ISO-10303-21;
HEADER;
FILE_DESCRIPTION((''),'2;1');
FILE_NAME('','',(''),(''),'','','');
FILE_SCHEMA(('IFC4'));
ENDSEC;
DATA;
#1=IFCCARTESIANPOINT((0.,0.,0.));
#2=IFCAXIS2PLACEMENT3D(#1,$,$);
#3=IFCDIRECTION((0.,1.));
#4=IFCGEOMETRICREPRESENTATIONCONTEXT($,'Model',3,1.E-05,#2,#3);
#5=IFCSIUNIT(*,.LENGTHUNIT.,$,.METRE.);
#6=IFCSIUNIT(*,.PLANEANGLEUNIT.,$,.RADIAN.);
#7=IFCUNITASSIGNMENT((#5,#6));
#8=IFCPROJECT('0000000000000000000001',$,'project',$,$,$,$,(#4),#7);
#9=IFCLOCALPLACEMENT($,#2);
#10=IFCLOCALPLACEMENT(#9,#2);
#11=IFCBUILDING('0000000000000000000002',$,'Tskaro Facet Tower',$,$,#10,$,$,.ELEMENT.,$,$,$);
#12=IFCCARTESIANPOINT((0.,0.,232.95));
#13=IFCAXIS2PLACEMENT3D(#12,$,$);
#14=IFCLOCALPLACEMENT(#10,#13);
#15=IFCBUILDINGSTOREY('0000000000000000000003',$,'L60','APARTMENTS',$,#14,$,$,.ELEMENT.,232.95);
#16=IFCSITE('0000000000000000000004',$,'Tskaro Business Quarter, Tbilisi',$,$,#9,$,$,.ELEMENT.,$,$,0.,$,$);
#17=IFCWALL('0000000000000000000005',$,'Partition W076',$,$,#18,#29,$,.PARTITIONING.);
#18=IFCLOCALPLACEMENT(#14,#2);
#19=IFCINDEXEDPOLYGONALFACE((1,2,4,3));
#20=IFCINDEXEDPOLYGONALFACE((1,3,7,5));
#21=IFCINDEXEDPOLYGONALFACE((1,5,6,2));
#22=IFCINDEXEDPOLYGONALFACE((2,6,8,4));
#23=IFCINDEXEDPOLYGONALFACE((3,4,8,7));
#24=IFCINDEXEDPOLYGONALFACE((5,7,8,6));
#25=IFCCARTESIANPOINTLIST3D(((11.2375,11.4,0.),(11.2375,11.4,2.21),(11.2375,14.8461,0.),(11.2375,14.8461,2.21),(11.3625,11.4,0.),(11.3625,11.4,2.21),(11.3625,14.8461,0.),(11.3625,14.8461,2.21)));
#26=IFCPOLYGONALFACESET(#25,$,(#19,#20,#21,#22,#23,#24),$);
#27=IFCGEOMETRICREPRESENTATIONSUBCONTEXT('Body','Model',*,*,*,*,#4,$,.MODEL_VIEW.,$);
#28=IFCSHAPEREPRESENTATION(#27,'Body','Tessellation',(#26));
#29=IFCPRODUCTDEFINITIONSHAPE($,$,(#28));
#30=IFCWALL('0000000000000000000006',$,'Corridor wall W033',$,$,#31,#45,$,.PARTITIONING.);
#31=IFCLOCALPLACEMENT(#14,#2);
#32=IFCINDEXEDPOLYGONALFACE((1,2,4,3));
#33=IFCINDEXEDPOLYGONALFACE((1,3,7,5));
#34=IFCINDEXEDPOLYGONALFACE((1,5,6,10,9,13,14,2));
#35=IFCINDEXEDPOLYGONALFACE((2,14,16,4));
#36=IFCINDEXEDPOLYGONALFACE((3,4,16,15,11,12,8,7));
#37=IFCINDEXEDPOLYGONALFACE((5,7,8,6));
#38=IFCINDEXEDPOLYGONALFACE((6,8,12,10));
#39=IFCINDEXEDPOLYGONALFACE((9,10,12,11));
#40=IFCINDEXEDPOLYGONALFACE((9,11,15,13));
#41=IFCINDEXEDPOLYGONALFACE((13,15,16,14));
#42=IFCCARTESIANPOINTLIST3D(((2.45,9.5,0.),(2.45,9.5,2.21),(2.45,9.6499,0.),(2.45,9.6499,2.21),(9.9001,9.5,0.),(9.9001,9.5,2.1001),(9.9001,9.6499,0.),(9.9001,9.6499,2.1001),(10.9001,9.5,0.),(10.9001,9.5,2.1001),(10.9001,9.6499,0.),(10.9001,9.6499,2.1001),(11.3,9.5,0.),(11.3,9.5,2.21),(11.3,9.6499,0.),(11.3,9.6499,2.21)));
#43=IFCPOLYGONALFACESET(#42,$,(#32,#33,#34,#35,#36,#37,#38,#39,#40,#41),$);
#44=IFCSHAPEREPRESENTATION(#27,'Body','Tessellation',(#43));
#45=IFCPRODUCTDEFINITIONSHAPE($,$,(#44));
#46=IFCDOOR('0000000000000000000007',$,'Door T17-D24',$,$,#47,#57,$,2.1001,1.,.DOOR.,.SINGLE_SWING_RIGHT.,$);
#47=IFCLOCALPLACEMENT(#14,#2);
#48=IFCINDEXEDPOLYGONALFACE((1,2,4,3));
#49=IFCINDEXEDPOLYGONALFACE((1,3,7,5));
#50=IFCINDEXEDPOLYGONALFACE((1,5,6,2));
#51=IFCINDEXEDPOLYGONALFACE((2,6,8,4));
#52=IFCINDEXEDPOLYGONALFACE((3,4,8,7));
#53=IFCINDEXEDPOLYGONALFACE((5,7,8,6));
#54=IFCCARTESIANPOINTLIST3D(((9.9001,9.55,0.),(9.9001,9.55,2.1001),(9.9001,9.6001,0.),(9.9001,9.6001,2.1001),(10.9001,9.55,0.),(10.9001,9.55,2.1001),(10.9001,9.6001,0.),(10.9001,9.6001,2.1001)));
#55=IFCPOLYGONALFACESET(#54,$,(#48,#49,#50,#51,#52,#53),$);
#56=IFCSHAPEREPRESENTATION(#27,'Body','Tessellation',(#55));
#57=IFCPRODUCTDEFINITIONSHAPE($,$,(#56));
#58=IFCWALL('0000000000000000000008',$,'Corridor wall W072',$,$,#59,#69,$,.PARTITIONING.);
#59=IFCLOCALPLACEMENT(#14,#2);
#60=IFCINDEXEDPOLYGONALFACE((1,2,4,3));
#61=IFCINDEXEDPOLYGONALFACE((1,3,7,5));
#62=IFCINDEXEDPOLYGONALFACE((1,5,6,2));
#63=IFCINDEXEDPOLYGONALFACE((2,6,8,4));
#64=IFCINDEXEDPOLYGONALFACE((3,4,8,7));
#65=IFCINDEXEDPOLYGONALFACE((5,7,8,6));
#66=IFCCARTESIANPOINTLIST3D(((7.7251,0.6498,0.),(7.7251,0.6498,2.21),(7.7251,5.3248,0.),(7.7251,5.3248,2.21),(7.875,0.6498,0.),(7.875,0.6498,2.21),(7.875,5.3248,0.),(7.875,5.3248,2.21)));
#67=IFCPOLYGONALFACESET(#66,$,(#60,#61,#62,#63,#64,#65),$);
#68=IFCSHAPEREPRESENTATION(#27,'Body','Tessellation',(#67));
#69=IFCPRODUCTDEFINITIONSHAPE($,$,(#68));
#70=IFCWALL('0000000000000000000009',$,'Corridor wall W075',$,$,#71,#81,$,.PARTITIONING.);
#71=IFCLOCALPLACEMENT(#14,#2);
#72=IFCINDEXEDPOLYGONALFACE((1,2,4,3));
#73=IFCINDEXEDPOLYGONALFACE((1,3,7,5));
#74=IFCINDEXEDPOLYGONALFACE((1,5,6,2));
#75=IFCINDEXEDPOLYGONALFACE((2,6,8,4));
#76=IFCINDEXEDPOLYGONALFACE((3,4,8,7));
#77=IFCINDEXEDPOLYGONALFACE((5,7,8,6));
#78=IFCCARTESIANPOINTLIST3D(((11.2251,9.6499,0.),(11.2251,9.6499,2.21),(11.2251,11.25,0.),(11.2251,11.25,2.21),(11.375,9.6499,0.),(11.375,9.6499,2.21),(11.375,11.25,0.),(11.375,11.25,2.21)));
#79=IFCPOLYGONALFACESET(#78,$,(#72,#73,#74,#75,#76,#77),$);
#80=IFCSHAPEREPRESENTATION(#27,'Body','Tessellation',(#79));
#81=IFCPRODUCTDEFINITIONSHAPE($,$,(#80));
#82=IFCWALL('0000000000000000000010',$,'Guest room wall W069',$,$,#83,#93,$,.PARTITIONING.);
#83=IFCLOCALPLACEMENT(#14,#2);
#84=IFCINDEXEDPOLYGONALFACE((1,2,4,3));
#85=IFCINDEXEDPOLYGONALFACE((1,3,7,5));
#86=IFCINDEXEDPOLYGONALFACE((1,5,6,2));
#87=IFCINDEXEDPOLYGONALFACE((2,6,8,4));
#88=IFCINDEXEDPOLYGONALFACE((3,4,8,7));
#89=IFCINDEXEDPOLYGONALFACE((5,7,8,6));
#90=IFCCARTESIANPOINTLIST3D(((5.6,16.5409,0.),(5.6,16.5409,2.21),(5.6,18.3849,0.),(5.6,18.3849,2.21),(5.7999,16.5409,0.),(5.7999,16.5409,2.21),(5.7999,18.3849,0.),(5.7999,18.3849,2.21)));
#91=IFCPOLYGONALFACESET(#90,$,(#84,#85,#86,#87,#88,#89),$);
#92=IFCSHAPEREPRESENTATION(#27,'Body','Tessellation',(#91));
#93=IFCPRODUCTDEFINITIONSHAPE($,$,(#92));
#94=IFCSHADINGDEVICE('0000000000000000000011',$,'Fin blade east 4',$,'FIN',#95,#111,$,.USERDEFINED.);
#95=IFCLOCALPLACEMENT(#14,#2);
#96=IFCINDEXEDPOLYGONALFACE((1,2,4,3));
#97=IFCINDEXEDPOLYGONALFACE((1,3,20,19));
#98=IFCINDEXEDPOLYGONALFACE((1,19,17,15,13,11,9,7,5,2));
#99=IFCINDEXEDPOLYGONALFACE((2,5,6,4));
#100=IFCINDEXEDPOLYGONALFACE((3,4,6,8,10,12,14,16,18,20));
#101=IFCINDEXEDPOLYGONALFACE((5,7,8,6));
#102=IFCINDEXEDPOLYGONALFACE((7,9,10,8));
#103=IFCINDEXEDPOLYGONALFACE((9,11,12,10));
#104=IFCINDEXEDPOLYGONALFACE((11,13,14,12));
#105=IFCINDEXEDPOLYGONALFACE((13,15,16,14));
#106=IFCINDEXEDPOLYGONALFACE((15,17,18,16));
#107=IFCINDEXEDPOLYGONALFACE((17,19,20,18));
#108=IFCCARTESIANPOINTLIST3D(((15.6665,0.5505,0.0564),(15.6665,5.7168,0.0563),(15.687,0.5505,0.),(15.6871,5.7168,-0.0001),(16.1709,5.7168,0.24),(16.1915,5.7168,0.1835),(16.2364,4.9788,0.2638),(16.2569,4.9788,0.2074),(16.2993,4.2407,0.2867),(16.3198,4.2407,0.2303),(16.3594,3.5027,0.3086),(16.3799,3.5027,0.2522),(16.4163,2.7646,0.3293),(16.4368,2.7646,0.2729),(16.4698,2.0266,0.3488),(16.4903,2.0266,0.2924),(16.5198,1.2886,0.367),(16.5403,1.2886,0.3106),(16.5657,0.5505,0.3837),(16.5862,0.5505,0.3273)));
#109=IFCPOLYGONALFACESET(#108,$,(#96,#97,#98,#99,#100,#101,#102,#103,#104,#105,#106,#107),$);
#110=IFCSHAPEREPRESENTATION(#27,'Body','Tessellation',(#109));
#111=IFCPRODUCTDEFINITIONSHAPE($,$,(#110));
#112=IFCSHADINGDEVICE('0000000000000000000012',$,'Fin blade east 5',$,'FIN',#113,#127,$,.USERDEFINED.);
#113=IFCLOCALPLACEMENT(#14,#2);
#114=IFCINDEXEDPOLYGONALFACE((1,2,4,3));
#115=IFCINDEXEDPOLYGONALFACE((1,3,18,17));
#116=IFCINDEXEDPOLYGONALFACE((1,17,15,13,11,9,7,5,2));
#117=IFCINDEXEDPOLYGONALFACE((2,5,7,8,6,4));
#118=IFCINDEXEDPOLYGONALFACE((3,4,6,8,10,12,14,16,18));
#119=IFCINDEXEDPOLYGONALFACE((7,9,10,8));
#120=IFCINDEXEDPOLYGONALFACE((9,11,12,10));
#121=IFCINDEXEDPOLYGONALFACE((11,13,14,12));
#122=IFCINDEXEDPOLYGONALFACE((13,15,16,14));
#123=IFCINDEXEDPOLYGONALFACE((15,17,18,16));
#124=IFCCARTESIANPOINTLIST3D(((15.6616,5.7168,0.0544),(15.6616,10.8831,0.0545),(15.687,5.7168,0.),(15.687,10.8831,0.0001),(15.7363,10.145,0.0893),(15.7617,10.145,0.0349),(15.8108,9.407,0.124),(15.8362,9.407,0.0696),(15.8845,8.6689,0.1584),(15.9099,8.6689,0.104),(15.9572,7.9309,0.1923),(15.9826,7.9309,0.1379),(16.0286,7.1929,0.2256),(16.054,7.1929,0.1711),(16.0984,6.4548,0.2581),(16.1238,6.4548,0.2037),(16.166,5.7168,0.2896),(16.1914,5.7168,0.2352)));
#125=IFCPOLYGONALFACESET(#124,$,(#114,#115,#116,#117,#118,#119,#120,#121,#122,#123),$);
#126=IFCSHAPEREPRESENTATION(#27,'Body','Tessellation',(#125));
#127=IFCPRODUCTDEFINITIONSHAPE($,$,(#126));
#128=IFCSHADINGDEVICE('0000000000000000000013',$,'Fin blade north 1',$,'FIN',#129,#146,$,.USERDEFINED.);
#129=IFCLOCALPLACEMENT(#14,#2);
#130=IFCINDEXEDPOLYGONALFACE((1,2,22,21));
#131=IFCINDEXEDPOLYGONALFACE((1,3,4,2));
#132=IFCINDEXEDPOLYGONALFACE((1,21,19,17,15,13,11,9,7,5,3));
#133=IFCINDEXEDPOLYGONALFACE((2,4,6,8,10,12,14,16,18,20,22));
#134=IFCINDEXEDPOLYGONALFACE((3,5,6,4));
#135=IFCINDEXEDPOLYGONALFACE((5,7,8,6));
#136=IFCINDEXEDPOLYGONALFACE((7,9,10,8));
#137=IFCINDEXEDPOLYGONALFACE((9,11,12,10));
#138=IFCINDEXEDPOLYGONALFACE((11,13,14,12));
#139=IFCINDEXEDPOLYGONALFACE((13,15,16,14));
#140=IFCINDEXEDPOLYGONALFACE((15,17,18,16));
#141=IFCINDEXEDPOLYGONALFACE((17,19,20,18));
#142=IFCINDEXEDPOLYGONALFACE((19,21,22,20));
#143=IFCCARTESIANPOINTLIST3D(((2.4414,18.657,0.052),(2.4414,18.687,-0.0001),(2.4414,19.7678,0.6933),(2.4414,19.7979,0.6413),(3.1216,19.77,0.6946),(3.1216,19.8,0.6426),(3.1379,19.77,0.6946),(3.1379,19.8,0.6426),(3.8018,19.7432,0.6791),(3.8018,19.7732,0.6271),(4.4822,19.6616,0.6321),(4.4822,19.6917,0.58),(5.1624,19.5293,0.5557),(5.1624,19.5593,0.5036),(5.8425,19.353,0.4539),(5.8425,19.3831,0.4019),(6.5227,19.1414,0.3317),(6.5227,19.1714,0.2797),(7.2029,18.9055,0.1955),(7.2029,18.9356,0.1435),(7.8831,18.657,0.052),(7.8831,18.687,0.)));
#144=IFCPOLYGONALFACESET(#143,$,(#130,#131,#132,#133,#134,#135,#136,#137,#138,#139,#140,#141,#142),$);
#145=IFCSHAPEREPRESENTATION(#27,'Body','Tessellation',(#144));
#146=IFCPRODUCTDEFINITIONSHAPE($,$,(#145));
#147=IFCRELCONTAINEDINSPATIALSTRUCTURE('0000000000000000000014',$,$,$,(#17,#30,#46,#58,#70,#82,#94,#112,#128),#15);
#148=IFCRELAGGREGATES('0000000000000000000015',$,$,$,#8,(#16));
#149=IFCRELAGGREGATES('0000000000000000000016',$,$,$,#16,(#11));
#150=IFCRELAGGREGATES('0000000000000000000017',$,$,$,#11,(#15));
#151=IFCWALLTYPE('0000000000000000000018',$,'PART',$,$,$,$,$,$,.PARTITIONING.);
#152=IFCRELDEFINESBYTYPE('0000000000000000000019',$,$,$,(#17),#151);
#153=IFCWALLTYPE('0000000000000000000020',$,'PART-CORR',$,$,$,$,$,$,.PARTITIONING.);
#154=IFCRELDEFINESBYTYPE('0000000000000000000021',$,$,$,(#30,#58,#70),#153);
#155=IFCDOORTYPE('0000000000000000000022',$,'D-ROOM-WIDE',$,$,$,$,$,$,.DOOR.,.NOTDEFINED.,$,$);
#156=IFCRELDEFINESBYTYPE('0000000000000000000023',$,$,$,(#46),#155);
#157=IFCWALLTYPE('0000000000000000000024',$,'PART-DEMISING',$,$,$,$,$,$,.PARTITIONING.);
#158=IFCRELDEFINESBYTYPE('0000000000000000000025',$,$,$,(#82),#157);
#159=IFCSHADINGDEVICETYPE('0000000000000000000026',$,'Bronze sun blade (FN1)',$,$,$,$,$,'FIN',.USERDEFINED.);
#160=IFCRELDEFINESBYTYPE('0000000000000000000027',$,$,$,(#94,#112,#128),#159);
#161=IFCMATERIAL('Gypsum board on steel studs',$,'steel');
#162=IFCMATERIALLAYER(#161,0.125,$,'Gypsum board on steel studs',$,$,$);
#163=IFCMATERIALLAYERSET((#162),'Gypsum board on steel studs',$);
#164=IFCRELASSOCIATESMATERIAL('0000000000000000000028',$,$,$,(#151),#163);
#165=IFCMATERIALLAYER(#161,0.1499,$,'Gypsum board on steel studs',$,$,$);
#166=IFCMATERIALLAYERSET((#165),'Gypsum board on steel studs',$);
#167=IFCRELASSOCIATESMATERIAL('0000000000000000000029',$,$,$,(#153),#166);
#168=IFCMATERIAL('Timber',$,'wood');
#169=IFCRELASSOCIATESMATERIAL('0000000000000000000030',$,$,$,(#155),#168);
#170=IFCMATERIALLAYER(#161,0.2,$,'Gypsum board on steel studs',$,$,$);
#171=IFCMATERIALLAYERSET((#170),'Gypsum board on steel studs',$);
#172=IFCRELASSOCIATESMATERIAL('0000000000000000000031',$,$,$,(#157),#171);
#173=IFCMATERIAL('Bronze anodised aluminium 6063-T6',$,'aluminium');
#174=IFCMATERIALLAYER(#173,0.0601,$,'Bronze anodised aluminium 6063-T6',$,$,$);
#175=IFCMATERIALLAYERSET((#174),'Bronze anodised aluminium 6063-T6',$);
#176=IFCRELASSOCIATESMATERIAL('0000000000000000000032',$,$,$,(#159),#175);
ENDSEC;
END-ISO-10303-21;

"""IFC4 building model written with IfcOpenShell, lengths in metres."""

from ifc_helpers import new_model, si_unit, direction, frame, frame_2d, origin, place, context, subcontext, project, spatial, polyline, rectangle, outline, extrude, material, layer, layer_set, type_object, element, fill, save


model = new_model("IFC4")

# Units and contexts
model_context = context("Model", 3, precision=1e-05, world=origin(), true_north=direction((0.0, 1.0)))
body_context = subcontext(model_context, "Body", "Model", "MODEL_VIEW")
ifc_project = project(units=[si_unit("LENGTHUNIT", "METRE"), si_unit("PLANEANGLEUNIT", "RADIAN")], contexts=[model_context])

# Site, building, storey
site_placement = place(None, origin())
site = spatial("IfcSite", under=ifc_project, at=site_placement, Name="Tskaro Business Quarter, Tbilisi", CompositionType="ELEMENT", RefElevation=0.0)
building_placement = place(site_placement, origin())
building = spatial("IfcBuilding", under=site, at=building_placement, Name="Tskaro Facet Tower", CompositionType="ELEMENT")
storey_placement = place(building_placement, frame((0.0, 0.0, 232.95)))
storey = spatial("IfcBuildingStorey", under=building, at=storey_placement, Name="L60", Description="APARTMENTS", CompositionType="ELEMENT", Elevation=232.95)

# Shared definitions
ifc_material_1 = material(Name="Bronze anodised aluminium 6063-T6", Category="aluminium")

# Shared definitions
ifc_material_2 = material(Name="Gypsum board on steel studs", Category="steel")
ifc_layer_1 = layer(ifc_material_2, 0.125, Name="Gypsum board on steel studs")
ifc_layer_set_1 = layer_set([ifc_layer_1], Name="Gypsum board on steel studs")
wall_type_1 = type_object("IfcWallType", Name="PART", PredefinedType="PARTITIONING", material=ifc_layer_set_1)
ifc_material_3 = material(Name="Timber", Category="wood")

# Wall
wall_1_placement = place(storey_placement, frame((11.3, 11.3999, 0.0), z_axis=(0.0, 0.0, 1.0), x_axis=(0.0, 1.0, 0.0)))
element("IfcWall", 1, at=wall_1_placement, inside=storey, type_object=wall_type_1, Name="Partition W076", PredefinedType="PARTITIONING", context=body_context, shape_type="SweptSolid", body=[
    extrude(rectangle(XDim=3.446, YDim=0.125, at=frame_2d((1.7231, 0.0))), origin(), (0.0, 0.0, 1.0), 2.21),
])

# Wall, opening, door
ifc_layer_2 = layer(ifc_material_2, 0.1499, Name="Gypsum board on steel studs")
ifc_layer_set_2 = layer_set([ifc_layer_2], Name="Gypsum board on steel studs")
wall_type_2 = type_object("IfcWallType", Name="PART-CORR", PredefinedType="PARTITIONING", material=ifc_layer_set_2)
wall_2_placement = place(storey_placement, frame((11.3, 9.575, 0.0), z_axis=(0.0, 0.0, 1.0), x_axis=(-1.0, 0.0, 0.0)))
wall_2 = element("IfcWall", 2, at=wall_2_placement, inside=storey, type_object=wall_type_2, Name="Corridor wall W033", PredefinedType="PARTITIONING", context=body_context, shape_type="SweptSolid", body=[
    extrude(rectangle(XDim=8.8501, YDim=0.1499, at=frame_2d((4.425, 0.0))), origin(), (0.0, 0.0, 1.0), 2.21),
])
opening_1_placement = place(wall_2_placement, frame((0.3999, 0.0, 0.0)))
opening_1 = element("IfcOpeningElement", 3, at=opening_1_placement, cuts=wall_2, PredefinedType="OPENING", context=body_context, shape_type="SweptSolid", body=[
    extrude(rectangle(XDim=1.0, YDim=2.1001, at=frame_2d((0.5, 1.05))), frame((0.0, 0.085, 0.0), z_axis=(0.0, -1.0, 0.0), x_axis=(1.0, 0.0, 0.0)), (0.0, 0.0, 1.0), 0.1699),
])
door_type_1 = type_object("IfcDoorType", Name="D-ROOM-WIDE", OperationType="NOTDEFINED", PredefinedType="DOOR", material=ifc_material_3)
door_1_placement = place(opening_1_placement, origin())
door_1 = element("IfcDoor", 4, at=door_1_placement, inside=storey, type_object=door_type_1, Name="Door T17-D24", OperationType="SINGLE_SWING_RIGHT", OverallHeight=2.1001, OverallWidth=1.0, PredefinedType="DOOR", context=body_context, shape_type="SweptSolid", body=[
    extrude(rectangle(XDim=1.0, YDim=2.1001, at=frame_2d((0.5, 1.05))), frame((0.0, 0.0249, 0.0), z_axis=(0.0, -1.0, 0.0), x_axis=(1.0, 0.0, 0.0)), (0.0, 0.0, 1.0), 0.05),
])
fill(opening_1, door_1)

# Walls
wall_3_placement = place(storey_placement, frame((7.8, 0.6499, 0.0), z_axis=(0.0, 0.0, 1.0), x_axis=(0.0, 1.0, 0.0)))
element("IfcWall", 5, at=wall_3_placement, inside=storey, type_object=wall_type_2, Name="Corridor wall W072", PredefinedType="PARTITIONING", context=body_context, shape_type="SweptSolid", body=[
    extrude(rectangle(XDim=4.675, YDim=0.1499, at=frame_2d((2.3374, 0.0))), origin(), (0.0, 0.0, 1.0), 2.21),
])
wall_4_placement = place(storey_placement, frame((11.3, 9.6499, 0.0), z_axis=(0.0, 0.0, 1.0), x_axis=(0.0, 1.0, 0.0)))
element("IfcWall", 6, at=wall_4_placement, inside=storey, type_object=wall_type_2, Name="Corridor wall W075", PredefinedType="PARTITIONING", context=body_context, shape_type="SweptSolid", body=[
    extrude(rectangle(XDim=1.6001, YDim=0.1499, at=frame_2d((0.8, 0.0))), origin(), (0.0, 0.0, 1.0), 2.21),
])
ifc_layer_3 = layer(ifc_material_2, 0.2, Name="Gypsum board on steel studs")
ifc_layer_set_3 = layer_set([ifc_layer_3], Name="Gypsum board on steel studs")
wall_type_3 = type_object("IfcWallType", Name="PART-DEMISING", PredefinedType="PARTITIONING", material=ifc_layer_set_3)
wall_5_placement = place(storey_placement, frame((5.7, 16.541, 0.0), z_axis=(0.0, 0.0, 1.0), x_axis=(0.0, 1.0, 0.0)))
element("IfcWall", 7, at=wall_5_placement, inside=storey, type_object=wall_type_3, Name="Guest room wall W069", PredefinedType="PARTITIONING", context=body_context, shape_type="SweptSolid", body=[
    extrude(rectangle(XDim=1.844, YDim=0.2, at=frame_2d((0.9219, 0.0))), origin(), (0.0, 0.0, 1.0), 2.21),
])

# Shading devices
ifc_layer_4 = layer(ifc_material_1, 0.0601, Name="Bronze anodised aluminium 6063-T6")
ifc_layer_set_4 = layer_set([ifc_layer_4], Name="Bronze anodised aluminium 6063-T6")
shading_device_type = type_object("IfcShadingDeviceType", Name="Bronze sun blade (FN1)", ElementType="FIN", PredefinedType="USERDEFINED", material=ifc_layer_set_4)
shading_device_1_placement = place(storey_placement, frame((15.6665, 0.5505, 0.0564), z_axis=(-0.342065, 0.00001, 0.939676), x_axis=(0.000003, 1.0, -0.000009)))
element("IfcShadingDevice", 8, at=shading_device_1_placement, inside=storey, type_object=shading_device_type, Name="Fin blade east 4", ObjectType="FIN", PredefinedType="USERDEFINED", context=body_context, shape_type="SweptSolid", body=[
    extrude(outline(polyline([(0.0, 0.0), (5.1663, 0.0), (5.1663, -0.5368), (4.4282, -0.6064), (3.6902, -0.6734), (2.9521, -0.7373), (2.2141, -0.7979), (1.4761, -0.8548), (0.738, -0.908), (0.0, -0.9569), (0.0, 0.0)])), origin(), (0.0, 0.0, -1.0), 0.0601),
])
shading_device_2_placement = place(storey_placement, frame((15.6616, 5.7168, 0.0544), z_axis=(-0.422586, -0.000013, 0.906323), x_axis=(-0.000006, 1.0, 0.000012)))
element("IfcShadingDevice", 9, at=shading_device_2_placement, inside=storey, type_object=shading_device_type, Name="Fin blade east 5", ObjectType="FIN", PredefinedType="USERDEFINED", context=body_context, shape_type="SweptSolid", body=[
    extrude(outline(polyline([(0.0, 0.0), (5.1663, 0.0), (4.4282, -0.0825), (3.6902, -0.1646), (2.9521, -0.246), (2.2141, -0.3261), (1.4761, -0.4049), (0.738, -0.4819), (0.0, -0.5565), (0.0, 0.0)])), origin(), (0.0, 0.0, -1.0), 0.0601),
])
shading_device_3_placement = place(storey_placement, frame((7.8831, 18.657, 0.052), z_axis=(-0.000011, -0.500035, 0.866005), x_axis=(-1.0, 0.000005, -0.000009)))
element("IfcShadingDevice", 10, at=shading_device_3_placement, inside=storey, type_object=shading_device_type, Name="Fin blade north 1", ObjectType="FIN", PredefinedType="USERDEFINED", context=body_context, shape_type="SweptSolid", body=[
    extrude(outline(polyline([(0.0, 0.0), (5.4417, 0.0), (5.4417, -1.2827), (4.7615, -1.2852), (4.7451, -1.2852), (4.0813, -1.2543), (3.4009, -1.1601), (2.7207, -1.0073), (2.0405, -0.8037), (1.3604, -0.5594), (0.6802, -0.287), (0.0, 0.0)])), origin(), (0.0, 0.0, -1.0), 0.0601),
])

save(model, "model.ifc")
